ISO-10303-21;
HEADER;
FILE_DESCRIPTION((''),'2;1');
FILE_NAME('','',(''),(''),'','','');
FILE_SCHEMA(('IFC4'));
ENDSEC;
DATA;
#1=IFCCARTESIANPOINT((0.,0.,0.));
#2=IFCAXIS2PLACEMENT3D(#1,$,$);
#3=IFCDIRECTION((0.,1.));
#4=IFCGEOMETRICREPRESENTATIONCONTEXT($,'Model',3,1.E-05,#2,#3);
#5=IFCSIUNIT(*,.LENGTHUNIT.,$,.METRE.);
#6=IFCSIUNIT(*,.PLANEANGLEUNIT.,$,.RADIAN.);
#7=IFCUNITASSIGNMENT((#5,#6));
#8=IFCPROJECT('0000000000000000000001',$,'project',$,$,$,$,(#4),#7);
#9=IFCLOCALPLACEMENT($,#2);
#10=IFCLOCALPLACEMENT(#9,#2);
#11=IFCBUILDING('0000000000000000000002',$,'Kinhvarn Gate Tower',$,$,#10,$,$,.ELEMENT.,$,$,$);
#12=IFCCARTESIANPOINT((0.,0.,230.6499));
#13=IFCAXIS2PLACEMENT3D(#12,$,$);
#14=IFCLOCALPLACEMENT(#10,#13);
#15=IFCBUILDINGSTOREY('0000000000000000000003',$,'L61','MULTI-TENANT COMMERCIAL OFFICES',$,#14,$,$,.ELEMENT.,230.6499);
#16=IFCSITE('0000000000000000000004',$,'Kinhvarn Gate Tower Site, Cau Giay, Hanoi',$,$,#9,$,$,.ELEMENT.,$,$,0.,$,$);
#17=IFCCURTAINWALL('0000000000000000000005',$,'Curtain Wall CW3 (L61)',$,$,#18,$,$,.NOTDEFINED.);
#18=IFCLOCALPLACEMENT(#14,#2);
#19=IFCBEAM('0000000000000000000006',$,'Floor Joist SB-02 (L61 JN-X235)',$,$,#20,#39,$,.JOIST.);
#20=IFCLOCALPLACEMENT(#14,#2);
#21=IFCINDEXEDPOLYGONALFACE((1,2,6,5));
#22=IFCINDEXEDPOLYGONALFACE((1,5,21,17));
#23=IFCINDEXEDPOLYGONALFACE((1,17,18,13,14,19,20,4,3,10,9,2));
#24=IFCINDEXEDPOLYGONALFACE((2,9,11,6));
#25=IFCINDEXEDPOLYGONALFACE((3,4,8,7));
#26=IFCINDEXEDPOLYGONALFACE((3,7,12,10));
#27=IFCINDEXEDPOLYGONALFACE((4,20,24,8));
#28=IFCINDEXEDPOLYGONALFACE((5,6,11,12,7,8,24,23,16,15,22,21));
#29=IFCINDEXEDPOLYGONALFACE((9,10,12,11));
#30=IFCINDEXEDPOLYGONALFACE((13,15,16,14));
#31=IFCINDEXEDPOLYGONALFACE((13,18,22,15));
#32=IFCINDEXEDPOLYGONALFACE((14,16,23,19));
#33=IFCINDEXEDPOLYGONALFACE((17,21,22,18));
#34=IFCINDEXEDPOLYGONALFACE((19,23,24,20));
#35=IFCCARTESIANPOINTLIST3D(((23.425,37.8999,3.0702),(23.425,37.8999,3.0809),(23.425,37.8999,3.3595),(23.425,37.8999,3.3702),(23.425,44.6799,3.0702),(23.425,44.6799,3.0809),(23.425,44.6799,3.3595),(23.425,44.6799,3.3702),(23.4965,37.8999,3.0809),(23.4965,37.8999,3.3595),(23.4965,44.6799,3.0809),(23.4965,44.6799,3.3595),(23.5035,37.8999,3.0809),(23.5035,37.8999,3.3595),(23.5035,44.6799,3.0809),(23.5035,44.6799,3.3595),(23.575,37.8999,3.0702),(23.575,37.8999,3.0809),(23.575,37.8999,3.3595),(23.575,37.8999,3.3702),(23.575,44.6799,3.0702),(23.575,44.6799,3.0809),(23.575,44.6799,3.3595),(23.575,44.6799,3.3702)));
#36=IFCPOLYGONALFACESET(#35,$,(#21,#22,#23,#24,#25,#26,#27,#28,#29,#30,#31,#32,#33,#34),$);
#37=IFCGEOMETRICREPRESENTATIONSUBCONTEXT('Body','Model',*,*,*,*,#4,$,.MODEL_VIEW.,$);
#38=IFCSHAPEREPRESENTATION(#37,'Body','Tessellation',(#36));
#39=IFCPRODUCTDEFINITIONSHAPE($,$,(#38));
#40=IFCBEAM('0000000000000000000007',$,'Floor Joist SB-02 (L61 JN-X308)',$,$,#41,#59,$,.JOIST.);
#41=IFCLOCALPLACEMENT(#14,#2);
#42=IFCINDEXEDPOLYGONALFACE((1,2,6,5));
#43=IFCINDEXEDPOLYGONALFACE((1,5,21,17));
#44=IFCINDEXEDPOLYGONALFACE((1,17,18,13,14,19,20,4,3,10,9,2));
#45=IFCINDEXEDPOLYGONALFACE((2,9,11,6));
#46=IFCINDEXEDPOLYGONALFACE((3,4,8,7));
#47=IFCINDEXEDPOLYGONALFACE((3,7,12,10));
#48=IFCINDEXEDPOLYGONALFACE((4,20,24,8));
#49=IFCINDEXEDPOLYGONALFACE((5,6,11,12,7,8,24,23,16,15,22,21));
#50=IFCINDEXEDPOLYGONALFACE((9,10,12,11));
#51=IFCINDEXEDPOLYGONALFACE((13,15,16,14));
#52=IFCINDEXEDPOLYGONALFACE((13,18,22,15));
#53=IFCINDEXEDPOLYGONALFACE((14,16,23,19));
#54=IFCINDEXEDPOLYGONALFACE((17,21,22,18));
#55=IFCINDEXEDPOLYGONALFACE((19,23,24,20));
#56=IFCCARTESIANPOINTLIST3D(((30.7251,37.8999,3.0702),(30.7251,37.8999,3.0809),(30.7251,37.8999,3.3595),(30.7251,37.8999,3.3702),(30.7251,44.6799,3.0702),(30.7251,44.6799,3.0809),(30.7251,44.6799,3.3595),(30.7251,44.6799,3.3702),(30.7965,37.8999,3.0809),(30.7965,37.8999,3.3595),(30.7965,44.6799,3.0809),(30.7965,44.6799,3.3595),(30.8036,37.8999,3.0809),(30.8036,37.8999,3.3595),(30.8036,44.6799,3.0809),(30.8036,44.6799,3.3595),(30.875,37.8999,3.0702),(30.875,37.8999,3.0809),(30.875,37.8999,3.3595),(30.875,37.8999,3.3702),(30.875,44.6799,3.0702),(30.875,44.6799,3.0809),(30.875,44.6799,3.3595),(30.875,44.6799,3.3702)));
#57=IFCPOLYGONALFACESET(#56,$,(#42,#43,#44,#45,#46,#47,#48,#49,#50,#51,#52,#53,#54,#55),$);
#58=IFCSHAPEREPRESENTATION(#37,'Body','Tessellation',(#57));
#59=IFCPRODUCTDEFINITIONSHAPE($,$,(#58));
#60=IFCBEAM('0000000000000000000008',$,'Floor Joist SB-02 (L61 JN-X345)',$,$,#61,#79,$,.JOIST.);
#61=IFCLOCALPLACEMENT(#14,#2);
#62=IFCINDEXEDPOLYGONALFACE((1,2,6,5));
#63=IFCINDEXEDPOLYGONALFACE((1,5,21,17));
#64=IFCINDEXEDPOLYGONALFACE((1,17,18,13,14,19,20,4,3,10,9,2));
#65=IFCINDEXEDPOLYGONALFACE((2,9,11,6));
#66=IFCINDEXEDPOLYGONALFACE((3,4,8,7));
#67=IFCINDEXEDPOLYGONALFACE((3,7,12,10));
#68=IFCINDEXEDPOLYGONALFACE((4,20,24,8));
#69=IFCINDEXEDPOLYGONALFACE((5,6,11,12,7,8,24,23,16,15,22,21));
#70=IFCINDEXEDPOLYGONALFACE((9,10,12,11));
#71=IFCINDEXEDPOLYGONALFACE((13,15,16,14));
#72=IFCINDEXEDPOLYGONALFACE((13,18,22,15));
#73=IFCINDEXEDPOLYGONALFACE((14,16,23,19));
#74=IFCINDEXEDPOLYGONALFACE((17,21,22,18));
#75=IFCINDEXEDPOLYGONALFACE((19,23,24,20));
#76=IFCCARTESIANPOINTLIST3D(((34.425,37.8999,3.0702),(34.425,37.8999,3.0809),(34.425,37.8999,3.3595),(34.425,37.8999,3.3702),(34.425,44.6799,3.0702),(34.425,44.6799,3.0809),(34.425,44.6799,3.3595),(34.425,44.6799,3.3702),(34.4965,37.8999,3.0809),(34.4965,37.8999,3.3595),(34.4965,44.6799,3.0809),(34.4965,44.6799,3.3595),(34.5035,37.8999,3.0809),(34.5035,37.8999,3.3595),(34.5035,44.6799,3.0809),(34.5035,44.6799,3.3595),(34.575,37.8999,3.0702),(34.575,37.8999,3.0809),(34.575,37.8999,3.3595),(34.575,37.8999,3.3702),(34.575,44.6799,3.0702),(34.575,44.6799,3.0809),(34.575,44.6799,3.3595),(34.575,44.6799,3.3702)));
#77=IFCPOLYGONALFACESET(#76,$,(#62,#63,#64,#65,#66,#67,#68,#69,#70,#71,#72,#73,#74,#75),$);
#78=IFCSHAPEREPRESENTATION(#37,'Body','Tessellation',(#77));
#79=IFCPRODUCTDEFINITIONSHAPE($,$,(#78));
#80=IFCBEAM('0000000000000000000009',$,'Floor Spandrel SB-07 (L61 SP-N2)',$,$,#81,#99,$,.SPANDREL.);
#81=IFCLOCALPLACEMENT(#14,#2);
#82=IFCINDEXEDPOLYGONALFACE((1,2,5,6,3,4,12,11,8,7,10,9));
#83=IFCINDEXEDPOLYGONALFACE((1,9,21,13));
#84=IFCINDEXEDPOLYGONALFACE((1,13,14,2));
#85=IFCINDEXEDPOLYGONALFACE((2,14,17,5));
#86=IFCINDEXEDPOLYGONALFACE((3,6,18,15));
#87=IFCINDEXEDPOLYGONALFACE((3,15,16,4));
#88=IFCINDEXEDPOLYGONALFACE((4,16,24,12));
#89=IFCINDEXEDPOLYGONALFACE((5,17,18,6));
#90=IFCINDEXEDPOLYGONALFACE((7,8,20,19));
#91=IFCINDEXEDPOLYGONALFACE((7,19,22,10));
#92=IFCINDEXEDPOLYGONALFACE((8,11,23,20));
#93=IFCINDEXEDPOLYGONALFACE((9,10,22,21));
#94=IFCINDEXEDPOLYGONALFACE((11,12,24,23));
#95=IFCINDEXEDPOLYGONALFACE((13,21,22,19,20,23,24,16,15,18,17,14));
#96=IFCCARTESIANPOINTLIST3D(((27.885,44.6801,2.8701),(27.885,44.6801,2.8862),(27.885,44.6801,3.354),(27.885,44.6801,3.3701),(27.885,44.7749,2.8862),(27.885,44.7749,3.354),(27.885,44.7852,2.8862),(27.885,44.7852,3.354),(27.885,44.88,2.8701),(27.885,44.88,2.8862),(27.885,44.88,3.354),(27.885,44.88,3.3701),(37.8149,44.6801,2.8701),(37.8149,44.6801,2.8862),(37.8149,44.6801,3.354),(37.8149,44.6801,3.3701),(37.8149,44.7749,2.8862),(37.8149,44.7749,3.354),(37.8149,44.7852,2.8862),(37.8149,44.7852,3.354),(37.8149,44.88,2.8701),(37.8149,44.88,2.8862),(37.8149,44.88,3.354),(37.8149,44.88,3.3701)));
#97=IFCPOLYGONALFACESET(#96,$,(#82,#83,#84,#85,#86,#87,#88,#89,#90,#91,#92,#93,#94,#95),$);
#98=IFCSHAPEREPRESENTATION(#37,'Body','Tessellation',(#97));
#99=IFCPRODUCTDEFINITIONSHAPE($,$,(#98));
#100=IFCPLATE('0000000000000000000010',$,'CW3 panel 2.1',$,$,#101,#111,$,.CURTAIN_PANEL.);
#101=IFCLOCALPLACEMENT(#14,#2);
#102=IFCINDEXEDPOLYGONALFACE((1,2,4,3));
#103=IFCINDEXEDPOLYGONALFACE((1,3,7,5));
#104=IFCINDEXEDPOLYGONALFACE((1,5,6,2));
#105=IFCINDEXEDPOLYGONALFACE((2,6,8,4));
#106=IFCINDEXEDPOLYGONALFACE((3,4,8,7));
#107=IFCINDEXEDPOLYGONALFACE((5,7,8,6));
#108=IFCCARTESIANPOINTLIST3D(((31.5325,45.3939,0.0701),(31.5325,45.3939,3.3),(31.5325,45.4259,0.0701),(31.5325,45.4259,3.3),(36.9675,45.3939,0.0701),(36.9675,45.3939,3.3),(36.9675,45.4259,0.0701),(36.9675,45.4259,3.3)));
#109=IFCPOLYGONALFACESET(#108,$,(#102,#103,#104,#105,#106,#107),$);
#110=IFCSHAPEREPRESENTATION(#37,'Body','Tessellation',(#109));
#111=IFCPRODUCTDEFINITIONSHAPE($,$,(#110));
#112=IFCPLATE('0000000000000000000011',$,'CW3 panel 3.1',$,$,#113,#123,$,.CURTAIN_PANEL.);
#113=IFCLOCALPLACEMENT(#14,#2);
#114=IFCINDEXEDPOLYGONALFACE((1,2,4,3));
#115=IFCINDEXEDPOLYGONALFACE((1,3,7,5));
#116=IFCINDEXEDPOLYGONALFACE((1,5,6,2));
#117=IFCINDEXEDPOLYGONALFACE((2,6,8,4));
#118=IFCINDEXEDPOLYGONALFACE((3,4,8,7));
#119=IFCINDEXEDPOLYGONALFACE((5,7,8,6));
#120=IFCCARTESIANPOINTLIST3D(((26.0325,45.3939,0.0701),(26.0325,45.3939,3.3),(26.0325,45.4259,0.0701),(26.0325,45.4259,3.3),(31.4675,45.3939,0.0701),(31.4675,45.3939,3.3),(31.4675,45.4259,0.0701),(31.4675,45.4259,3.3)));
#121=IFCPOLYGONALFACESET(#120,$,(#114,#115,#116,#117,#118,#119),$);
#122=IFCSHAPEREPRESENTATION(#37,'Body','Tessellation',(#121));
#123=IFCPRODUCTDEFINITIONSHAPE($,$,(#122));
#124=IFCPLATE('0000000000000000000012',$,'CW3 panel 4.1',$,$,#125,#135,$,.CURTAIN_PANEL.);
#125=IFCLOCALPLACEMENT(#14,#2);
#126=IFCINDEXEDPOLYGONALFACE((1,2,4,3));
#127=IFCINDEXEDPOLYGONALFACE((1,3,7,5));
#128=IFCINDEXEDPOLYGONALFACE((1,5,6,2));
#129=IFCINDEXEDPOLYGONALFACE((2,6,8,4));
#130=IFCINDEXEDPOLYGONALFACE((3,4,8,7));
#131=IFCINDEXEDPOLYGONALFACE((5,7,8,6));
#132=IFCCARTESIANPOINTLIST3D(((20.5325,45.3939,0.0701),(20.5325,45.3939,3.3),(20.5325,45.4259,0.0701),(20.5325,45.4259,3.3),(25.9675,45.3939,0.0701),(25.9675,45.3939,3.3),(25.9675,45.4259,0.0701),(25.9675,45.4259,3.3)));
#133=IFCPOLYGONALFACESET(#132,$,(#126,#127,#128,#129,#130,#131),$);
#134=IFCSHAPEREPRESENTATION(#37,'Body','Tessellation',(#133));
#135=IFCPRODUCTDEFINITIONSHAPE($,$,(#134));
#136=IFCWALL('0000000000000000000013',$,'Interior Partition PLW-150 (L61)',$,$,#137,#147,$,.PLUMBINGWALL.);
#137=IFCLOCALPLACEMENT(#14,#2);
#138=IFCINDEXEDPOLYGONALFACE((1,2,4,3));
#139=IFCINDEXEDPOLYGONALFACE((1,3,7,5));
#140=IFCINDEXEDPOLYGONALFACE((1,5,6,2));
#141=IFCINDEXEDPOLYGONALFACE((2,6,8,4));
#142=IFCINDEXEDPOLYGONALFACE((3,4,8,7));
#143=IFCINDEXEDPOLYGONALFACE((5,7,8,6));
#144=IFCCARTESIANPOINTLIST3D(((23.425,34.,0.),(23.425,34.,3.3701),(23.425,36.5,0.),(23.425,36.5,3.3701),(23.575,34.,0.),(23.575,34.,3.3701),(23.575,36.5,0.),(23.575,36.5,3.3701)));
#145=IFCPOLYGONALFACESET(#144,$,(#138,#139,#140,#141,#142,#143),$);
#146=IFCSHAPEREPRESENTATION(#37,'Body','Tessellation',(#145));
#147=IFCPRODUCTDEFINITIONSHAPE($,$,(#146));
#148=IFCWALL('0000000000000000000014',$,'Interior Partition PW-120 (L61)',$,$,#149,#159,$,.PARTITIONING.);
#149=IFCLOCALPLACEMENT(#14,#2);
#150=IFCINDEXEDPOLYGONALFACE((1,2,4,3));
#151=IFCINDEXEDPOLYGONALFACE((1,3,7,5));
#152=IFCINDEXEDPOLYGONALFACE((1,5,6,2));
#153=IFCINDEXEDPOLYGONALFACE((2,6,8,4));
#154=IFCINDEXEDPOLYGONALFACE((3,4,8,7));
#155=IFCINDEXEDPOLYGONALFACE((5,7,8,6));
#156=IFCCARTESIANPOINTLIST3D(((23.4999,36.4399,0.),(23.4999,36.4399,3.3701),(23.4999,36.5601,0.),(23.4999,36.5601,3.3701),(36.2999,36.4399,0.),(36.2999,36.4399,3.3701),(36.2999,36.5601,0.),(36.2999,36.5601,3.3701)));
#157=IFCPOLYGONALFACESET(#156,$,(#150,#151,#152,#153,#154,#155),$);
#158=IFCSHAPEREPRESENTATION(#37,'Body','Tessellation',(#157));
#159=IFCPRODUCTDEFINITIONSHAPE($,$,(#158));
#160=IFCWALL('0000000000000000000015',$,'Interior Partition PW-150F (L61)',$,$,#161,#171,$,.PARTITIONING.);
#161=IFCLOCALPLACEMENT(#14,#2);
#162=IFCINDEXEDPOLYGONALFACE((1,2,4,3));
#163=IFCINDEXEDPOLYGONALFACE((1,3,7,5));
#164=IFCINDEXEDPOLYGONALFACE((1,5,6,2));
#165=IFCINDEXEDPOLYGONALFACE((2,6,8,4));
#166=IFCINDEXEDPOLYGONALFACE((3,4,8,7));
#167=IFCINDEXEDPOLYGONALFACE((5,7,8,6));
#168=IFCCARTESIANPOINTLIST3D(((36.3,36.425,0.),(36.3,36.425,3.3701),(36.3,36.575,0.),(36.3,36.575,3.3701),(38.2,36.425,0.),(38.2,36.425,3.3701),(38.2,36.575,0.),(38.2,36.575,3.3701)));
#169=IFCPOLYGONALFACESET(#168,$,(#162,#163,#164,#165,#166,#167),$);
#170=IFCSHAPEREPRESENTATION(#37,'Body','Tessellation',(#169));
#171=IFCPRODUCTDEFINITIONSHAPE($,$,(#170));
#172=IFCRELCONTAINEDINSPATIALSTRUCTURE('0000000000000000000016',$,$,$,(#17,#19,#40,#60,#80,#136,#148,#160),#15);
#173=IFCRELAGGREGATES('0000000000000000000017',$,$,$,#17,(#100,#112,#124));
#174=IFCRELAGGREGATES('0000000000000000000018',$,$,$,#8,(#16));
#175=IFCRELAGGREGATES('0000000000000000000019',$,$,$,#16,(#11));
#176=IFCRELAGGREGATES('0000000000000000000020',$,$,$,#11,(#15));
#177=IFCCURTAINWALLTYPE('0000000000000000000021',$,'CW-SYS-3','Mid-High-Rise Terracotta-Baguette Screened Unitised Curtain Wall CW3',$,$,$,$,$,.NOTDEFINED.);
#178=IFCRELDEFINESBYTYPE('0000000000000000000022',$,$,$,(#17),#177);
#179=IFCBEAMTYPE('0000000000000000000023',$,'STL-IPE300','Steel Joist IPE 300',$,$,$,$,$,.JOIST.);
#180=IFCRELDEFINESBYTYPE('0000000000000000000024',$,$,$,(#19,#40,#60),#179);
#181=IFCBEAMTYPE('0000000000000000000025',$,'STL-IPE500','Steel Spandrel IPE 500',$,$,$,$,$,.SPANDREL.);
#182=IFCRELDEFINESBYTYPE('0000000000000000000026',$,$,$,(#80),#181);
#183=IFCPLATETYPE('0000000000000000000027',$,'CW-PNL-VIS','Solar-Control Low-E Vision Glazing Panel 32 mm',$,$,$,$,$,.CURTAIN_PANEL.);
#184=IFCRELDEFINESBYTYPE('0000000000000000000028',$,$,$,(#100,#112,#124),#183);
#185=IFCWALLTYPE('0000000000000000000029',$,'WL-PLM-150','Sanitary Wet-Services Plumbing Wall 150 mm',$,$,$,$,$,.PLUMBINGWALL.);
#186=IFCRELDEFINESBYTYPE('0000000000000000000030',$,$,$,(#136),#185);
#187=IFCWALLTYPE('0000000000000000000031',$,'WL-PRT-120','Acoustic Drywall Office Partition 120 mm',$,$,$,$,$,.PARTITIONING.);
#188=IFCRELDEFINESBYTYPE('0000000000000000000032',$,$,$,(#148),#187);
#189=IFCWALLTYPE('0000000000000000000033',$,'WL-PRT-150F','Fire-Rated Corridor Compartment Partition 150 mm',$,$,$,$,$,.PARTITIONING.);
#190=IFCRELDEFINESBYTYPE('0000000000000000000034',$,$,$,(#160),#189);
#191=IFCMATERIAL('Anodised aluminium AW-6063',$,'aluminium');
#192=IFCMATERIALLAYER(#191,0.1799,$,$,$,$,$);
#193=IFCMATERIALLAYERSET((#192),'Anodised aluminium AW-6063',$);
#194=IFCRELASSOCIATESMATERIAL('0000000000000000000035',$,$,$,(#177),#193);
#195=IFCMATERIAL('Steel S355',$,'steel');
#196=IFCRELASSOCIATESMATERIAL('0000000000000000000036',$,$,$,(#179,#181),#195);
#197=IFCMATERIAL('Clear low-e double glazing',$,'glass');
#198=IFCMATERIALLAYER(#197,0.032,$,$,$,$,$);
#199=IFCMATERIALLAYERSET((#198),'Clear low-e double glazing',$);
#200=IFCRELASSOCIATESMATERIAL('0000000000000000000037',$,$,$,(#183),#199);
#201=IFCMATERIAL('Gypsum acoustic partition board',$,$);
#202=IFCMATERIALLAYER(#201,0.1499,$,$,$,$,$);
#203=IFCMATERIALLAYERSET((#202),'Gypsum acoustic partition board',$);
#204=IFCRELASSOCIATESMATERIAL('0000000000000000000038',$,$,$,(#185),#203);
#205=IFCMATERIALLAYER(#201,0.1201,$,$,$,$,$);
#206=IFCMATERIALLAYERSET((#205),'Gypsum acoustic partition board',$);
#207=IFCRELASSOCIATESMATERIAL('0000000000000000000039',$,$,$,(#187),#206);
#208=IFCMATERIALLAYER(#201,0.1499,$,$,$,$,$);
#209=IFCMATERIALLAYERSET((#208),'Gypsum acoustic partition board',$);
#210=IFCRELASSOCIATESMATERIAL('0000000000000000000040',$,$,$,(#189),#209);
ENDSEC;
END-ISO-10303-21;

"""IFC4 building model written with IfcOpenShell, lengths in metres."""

from ifc_helpers import new_model, si_unit, direction, frame, frame_2d, origin, origin_2d, place, context, subcontext, project, spatial, rectangle, i_section, extrude, material, layer, layer_set, material_profile, profile_set, type_object, element, aggregate, save


model = new_model("IFC4")

# Units and contexts
model_context = context("Model", 3, precision=1e-05, world=origin(), true_north=direction((0.0, 1.0)))
body_context = subcontext(model_context, "Body", "Model", "MODEL_VIEW")
ifc_project = project(units=[si_unit("LENGTHUNIT", "METRE"), si_unit("PLANEANGLEUNIT", "RADIAN")], contexts=[model_context])

# Site, building, storey
site_placement = place(None, origin())
site = spatial("IfcSite", under=ifc_project, at=site_placement, Name="Kinhvarn Gate Tower Site, Cau Giay, Hanoi", CompositionType="ELEMENT", RefElevation=0.0)
building_placement = place(site_placement, origin())
building = spatial("IfcBuilding", under=site, at=building_placement, Name="Kinhvarn Gate Tower", CompositionType="ELEMENT")
storey_placement = place(building_placement, frame((0.0, 0.0, 230.6499)))
storey = spatial("IfcBuildingStorey", under=building, at=storey_placement, Name="L61", Description="MULTI-TENANT COMMERCIAL OFFICES", CompositionType="ELEMENT", Elevation=230.6499)

# Curtain wall
ifc_material_1 = material(Name="Anodised aluminium AW-6063", Category="aluminium")
ifc_layer_1 = layer(ifc_material_1, 0.1799)
ifc_layer_set_1 = layer_set([ifc_layer_1], Name="Anodised aluminium AW-6063")
curtain_wall_type = type_object("IfcCurtainWallType", Name="CW-SYS-3", Description="Mid-High-Rise Terracotta-Baguette Screened Unitised Curtain Wall CW3", PredefinedType="NOTDEFINED", material=ifc_layer_set_1)
curtain_wall_placement = place(storey_placement, origin())
curtain_wall = element("IfcCurtainWall", 1, at=curtain_wall_placement, inside=storey, type_object=curtain_wall_type, Name="Curtain Wall CW3 (L61)", PredefinedType="NOTDEFINED")

# Beams
ifc_material_2 = material(Name="Steel S355", Category="steel")
ifc_material_profile_1 = material_profile(ifc_material_2, i_section(OverallWidth=0.1499, OverallDepth=0.3, WebThickness=0.0071, FlangeThickness=0.0107, at=origin_2d()), Name="IPE 300")
ifc_profile_set_1 = profile_set([ifc_material_profile_1], Name="Steel S355")
beam_type_1 = type_object("IfcBeamType", Name="STL-IPE300", Description="Steel Joist IPE 300", PredefinedType="JOIST", material=ifc_profile_set_1)
for number, where, z_axis, x_axis, name in (
    (2, (23.5, 37.8999, 3.2202), (0.0, 1.0, 0.0), (-1.0, 0.0, 0.0), "Floor Joist SB-02 (L61 JN-X235)"),
    (3, (30.8, 37.8999, 3.2202), (0.0, 1.0, 0.0), (-1.0, 0.0, 0.0), "Floor Joist SB-02 (L61 JN-X308)"),
    (4, (34.5, 37.8999, 3.2202), (0.0, 1.0, 0.0), (-1.0, 0.0, 0.0), "Floor Joist SB-02 (L61 JN-X345)"),
):
    element("IfcBeam", number, at=place(storey_placement, frame(where, z_axis=z_axis, x_axis=x_axis)), inside=storey, type_object=beam_type_1, Name=name, PredefinedType="JOIST", context=body_context, shape_type="SweptSolid", body=[
        extrude(i_section(OverallWidth=0.1499, OverallDepth=0.3, WebThickness=0.0071, FlangeThickness=0.0107, at=origin_2d()), origin(), (0.0, 0.0, 1.0), 6.78),
    ])
ifc_material_profile_2 = material_profile(ifc_material_2, i_section(OverallWidth=0.2, OverallDepth=0.5, WebThickness=0.0103, FlangeThickness=0.0161, at=origin_2d()), Name="IPE 500")
ifc_profile_set_2 = profile_set([ifc_material_profile_2], Name="Steel S355")
beam_type_2 = type_object("IfcBeamType", Name="STL-IPE500", Description="Steel Spandrel IPE 500", PredefinedType="SPANDREL", material=ifc_profile_set_2)
beam_1_placement = place(storey_placement, frame((27.885, 44.78, 3.1201), z_axis=(1.0, 0.0, 0.0), x_axis=(0.0, 1.0, 0.0)))
element("IfcBeam", 5, at=beam_1_placement, inside=storey, type_object=beam_type_2, Name="Floor Spandrel SB-07 (L61 SP-N2)", PredefinedType="SPANDREL", context=body_context, shape_type="SweptSolid", body=[
    extrude(i_section(OverallWidth=0.2, OverallDepth=0.5, WebThickness=0.0103, FlangeThickness=0.0161, at=origin_2d()), origin(), (0.0, 0.0, 1.0), 9.9299),
])

# Plates
ifc_material_3 = material(Name="Clear low-e double glazing", Category="glass")
ifc_layer_2 = layer(ifc_material_3, 0.032)
ifc_layer_set_2 = layer_set([ifc_layer_2], Name="Clear low-e double glazing")
plate_type = type_object("IfcPlateType", Name="CW-PNL-VIS", Description="Solar-Control Low-E Vision Glazing Panel 32 mm", PredefinedType="CURTAIN_PANEL", material=ifc_layer_set_2)
plate_1_placement = place(storey_placement, frame((34.25, 45.4099, 0.0701), z_axis=(0.0, 0.0, 1.0), x_axis=(-1.0, 0.0, 0.0)))
plate_1 = element("IfcPlate", 6, at=plate_1_placement, type_object=plate_type, Name="CW3 panel 2.1", PredefinedType="CURTAIN_PANEL", context=body_context, shape_type="SweptSolid", body=[
    extrude(rectangle(XDim=5.4351, YDim=0.032, at=origin_2d()), origin(), (0.0, 0.0, 1.0), 3.23),
])
plate_2_placement = place(storey_placement, frame((28.75, 45.4099, 0.0701), z_axis=(0.0, 0.0, 1.0), x_axis=(-1.0, 0.0, 0.0)))
plate_2 = element("IfcPlate", 7, at=plate_2_placement, type_object=plate_type, Name="CW3 panel 3.1", PredefinedType="CURTAIN_PANEL", context=body_context, shape_type="SweptSolid", body=[
    extrude(rectangle(XDim=5.4351, YDim=0.032, at=origin_2d()), origin(), (0.0, 0.0, 1.0), 3.23),
])
plate_3_placement = place(storey_placement, frame((23.25, 45.4099, 0.0701), z_axis=(0.0, 0.0, 1.0), x_axis=(-1.0, 0.0, 0.0)))
plate_3 = element("IfcPlate", 8, at=plate_3_placement, type_object=plate_type, Name="CW3 panel 4.1", PredefinedType="CURTAIN_PANEL", context=body_context, shape_type="SweptSolid", body=[
    extrude(rectangle(XDim=5.4351, YDim=0.032, at=origin_2d()), origin(), (0.0, 0.0, 1.0), 3.23),
])
aggregate(curtain_wall, [plate_1, plate_2, plate_3])

# Walls
ifc_material_4 = material(Name="Gypsum acoustic partition board")
ifc_layer_3 = layer(ifc_material_4, 0.1499)
ifc_layer_set_3 = layer_set([ifc_layer_3], Name="Gypsum acoustic partition board")
wall_type_1 = type_object("IfcWallType", Name="WL-PLM-150", Description="Sanitary Wet-Services Plumbing Wall 150 mm", PredefinedType="PLUMBINGWALL", material=ifc_layer_set_3)
wall_1_placement = place(storey_placement, frame((23.5, 34.0, 0.0), z_axis=(0.0, 0.0, 1.0), x_axis=(0.0, 1.0, 0.0)))
element("IfcWall", 9, at=wall_1_placement, inside=storey, type_object=wall_type_1, Name="Interior Partition PLW-150 (L61)", PredefinedType="PLUMBINGWALL", context=body_context, shape_type="SweptSolid", body=[
    extrude(rectangle(XDim=2.5, YDim=0.1499, at=frame_2d((1.25, 0.0))), origin(), (0.0, 0.0, 1.0), 3.3701),
])
ifc_layer_4 = layer(ifc_material_4, 0.1201)
ifc_layer_set_4 = layer_set([ifc_layer_4], Name="Gypsum acoustic partition board")
wall_type_2 = type_object("IfcWallType", Name="WL-PRT-120", Description="Acoustic Drywall Office Partition 120 mm", PredefinedType="PARTITIONING", material=ifc_layer_set_4)
wall_2_placement = place(storey_placement, frame((23.5, 36.5, 0.0), z_axis=(0.0, 0.0, 1.0), x_axis=(1.0, 0.0, 0.0)))
element("IfcWall", 10, at=wall_2_placement, inside=storey, type_object=wall_type_2, Name="Interior Partition PW-120 (L61)", PredefinedType="PARTITIONING", context=body_context, shape_type="SweptSolid", body=[
    extrude(rectangle(XDim=12.8, YDim=0.1201, at=frame_2d((6.3999, 0.0))), origin(), (0.0, 0.0, 1.0), 3.3701),
])

# Shared definitions
ifc_layer_5 = layer(ifc_material_4, 0.1499)
ifc_layer_set_5 = layer_set([ifc_layer_5], Name="Gypsum acoustic partition board")
wall_type_3 = type_object("IfcWallType", Name="WL-PRT-150F", Description="Fire-Rated Corridor Compartment Partition 150 mm", PredefinedType="PARTITIONING", material=ifc_layer_set_5)

# Wall
wall_3_placement = place(storey_placement, frame((36.3, 36.5, 0.0), z_axis=(0.0, 0.0, 1.0), x_axis=(1.0, 0.0, 0.0)))
element("IfcWall", 11, at=wall_3_placement, inside=storey, type_object=wall_type_3, Name="Interior Partition PW-150F (L61)", PredefinedType="PARTITIONING", context=body_context, shape_type="SweptSolid", body=[
    extrude(rectangle(XDim=1.8999, YDim=0.1499, at=frame_2d((0.95, 0.0))), origin(), (0.0, 0.0, 1.0), 3.3701),
])

save(model, "model.ifc")
